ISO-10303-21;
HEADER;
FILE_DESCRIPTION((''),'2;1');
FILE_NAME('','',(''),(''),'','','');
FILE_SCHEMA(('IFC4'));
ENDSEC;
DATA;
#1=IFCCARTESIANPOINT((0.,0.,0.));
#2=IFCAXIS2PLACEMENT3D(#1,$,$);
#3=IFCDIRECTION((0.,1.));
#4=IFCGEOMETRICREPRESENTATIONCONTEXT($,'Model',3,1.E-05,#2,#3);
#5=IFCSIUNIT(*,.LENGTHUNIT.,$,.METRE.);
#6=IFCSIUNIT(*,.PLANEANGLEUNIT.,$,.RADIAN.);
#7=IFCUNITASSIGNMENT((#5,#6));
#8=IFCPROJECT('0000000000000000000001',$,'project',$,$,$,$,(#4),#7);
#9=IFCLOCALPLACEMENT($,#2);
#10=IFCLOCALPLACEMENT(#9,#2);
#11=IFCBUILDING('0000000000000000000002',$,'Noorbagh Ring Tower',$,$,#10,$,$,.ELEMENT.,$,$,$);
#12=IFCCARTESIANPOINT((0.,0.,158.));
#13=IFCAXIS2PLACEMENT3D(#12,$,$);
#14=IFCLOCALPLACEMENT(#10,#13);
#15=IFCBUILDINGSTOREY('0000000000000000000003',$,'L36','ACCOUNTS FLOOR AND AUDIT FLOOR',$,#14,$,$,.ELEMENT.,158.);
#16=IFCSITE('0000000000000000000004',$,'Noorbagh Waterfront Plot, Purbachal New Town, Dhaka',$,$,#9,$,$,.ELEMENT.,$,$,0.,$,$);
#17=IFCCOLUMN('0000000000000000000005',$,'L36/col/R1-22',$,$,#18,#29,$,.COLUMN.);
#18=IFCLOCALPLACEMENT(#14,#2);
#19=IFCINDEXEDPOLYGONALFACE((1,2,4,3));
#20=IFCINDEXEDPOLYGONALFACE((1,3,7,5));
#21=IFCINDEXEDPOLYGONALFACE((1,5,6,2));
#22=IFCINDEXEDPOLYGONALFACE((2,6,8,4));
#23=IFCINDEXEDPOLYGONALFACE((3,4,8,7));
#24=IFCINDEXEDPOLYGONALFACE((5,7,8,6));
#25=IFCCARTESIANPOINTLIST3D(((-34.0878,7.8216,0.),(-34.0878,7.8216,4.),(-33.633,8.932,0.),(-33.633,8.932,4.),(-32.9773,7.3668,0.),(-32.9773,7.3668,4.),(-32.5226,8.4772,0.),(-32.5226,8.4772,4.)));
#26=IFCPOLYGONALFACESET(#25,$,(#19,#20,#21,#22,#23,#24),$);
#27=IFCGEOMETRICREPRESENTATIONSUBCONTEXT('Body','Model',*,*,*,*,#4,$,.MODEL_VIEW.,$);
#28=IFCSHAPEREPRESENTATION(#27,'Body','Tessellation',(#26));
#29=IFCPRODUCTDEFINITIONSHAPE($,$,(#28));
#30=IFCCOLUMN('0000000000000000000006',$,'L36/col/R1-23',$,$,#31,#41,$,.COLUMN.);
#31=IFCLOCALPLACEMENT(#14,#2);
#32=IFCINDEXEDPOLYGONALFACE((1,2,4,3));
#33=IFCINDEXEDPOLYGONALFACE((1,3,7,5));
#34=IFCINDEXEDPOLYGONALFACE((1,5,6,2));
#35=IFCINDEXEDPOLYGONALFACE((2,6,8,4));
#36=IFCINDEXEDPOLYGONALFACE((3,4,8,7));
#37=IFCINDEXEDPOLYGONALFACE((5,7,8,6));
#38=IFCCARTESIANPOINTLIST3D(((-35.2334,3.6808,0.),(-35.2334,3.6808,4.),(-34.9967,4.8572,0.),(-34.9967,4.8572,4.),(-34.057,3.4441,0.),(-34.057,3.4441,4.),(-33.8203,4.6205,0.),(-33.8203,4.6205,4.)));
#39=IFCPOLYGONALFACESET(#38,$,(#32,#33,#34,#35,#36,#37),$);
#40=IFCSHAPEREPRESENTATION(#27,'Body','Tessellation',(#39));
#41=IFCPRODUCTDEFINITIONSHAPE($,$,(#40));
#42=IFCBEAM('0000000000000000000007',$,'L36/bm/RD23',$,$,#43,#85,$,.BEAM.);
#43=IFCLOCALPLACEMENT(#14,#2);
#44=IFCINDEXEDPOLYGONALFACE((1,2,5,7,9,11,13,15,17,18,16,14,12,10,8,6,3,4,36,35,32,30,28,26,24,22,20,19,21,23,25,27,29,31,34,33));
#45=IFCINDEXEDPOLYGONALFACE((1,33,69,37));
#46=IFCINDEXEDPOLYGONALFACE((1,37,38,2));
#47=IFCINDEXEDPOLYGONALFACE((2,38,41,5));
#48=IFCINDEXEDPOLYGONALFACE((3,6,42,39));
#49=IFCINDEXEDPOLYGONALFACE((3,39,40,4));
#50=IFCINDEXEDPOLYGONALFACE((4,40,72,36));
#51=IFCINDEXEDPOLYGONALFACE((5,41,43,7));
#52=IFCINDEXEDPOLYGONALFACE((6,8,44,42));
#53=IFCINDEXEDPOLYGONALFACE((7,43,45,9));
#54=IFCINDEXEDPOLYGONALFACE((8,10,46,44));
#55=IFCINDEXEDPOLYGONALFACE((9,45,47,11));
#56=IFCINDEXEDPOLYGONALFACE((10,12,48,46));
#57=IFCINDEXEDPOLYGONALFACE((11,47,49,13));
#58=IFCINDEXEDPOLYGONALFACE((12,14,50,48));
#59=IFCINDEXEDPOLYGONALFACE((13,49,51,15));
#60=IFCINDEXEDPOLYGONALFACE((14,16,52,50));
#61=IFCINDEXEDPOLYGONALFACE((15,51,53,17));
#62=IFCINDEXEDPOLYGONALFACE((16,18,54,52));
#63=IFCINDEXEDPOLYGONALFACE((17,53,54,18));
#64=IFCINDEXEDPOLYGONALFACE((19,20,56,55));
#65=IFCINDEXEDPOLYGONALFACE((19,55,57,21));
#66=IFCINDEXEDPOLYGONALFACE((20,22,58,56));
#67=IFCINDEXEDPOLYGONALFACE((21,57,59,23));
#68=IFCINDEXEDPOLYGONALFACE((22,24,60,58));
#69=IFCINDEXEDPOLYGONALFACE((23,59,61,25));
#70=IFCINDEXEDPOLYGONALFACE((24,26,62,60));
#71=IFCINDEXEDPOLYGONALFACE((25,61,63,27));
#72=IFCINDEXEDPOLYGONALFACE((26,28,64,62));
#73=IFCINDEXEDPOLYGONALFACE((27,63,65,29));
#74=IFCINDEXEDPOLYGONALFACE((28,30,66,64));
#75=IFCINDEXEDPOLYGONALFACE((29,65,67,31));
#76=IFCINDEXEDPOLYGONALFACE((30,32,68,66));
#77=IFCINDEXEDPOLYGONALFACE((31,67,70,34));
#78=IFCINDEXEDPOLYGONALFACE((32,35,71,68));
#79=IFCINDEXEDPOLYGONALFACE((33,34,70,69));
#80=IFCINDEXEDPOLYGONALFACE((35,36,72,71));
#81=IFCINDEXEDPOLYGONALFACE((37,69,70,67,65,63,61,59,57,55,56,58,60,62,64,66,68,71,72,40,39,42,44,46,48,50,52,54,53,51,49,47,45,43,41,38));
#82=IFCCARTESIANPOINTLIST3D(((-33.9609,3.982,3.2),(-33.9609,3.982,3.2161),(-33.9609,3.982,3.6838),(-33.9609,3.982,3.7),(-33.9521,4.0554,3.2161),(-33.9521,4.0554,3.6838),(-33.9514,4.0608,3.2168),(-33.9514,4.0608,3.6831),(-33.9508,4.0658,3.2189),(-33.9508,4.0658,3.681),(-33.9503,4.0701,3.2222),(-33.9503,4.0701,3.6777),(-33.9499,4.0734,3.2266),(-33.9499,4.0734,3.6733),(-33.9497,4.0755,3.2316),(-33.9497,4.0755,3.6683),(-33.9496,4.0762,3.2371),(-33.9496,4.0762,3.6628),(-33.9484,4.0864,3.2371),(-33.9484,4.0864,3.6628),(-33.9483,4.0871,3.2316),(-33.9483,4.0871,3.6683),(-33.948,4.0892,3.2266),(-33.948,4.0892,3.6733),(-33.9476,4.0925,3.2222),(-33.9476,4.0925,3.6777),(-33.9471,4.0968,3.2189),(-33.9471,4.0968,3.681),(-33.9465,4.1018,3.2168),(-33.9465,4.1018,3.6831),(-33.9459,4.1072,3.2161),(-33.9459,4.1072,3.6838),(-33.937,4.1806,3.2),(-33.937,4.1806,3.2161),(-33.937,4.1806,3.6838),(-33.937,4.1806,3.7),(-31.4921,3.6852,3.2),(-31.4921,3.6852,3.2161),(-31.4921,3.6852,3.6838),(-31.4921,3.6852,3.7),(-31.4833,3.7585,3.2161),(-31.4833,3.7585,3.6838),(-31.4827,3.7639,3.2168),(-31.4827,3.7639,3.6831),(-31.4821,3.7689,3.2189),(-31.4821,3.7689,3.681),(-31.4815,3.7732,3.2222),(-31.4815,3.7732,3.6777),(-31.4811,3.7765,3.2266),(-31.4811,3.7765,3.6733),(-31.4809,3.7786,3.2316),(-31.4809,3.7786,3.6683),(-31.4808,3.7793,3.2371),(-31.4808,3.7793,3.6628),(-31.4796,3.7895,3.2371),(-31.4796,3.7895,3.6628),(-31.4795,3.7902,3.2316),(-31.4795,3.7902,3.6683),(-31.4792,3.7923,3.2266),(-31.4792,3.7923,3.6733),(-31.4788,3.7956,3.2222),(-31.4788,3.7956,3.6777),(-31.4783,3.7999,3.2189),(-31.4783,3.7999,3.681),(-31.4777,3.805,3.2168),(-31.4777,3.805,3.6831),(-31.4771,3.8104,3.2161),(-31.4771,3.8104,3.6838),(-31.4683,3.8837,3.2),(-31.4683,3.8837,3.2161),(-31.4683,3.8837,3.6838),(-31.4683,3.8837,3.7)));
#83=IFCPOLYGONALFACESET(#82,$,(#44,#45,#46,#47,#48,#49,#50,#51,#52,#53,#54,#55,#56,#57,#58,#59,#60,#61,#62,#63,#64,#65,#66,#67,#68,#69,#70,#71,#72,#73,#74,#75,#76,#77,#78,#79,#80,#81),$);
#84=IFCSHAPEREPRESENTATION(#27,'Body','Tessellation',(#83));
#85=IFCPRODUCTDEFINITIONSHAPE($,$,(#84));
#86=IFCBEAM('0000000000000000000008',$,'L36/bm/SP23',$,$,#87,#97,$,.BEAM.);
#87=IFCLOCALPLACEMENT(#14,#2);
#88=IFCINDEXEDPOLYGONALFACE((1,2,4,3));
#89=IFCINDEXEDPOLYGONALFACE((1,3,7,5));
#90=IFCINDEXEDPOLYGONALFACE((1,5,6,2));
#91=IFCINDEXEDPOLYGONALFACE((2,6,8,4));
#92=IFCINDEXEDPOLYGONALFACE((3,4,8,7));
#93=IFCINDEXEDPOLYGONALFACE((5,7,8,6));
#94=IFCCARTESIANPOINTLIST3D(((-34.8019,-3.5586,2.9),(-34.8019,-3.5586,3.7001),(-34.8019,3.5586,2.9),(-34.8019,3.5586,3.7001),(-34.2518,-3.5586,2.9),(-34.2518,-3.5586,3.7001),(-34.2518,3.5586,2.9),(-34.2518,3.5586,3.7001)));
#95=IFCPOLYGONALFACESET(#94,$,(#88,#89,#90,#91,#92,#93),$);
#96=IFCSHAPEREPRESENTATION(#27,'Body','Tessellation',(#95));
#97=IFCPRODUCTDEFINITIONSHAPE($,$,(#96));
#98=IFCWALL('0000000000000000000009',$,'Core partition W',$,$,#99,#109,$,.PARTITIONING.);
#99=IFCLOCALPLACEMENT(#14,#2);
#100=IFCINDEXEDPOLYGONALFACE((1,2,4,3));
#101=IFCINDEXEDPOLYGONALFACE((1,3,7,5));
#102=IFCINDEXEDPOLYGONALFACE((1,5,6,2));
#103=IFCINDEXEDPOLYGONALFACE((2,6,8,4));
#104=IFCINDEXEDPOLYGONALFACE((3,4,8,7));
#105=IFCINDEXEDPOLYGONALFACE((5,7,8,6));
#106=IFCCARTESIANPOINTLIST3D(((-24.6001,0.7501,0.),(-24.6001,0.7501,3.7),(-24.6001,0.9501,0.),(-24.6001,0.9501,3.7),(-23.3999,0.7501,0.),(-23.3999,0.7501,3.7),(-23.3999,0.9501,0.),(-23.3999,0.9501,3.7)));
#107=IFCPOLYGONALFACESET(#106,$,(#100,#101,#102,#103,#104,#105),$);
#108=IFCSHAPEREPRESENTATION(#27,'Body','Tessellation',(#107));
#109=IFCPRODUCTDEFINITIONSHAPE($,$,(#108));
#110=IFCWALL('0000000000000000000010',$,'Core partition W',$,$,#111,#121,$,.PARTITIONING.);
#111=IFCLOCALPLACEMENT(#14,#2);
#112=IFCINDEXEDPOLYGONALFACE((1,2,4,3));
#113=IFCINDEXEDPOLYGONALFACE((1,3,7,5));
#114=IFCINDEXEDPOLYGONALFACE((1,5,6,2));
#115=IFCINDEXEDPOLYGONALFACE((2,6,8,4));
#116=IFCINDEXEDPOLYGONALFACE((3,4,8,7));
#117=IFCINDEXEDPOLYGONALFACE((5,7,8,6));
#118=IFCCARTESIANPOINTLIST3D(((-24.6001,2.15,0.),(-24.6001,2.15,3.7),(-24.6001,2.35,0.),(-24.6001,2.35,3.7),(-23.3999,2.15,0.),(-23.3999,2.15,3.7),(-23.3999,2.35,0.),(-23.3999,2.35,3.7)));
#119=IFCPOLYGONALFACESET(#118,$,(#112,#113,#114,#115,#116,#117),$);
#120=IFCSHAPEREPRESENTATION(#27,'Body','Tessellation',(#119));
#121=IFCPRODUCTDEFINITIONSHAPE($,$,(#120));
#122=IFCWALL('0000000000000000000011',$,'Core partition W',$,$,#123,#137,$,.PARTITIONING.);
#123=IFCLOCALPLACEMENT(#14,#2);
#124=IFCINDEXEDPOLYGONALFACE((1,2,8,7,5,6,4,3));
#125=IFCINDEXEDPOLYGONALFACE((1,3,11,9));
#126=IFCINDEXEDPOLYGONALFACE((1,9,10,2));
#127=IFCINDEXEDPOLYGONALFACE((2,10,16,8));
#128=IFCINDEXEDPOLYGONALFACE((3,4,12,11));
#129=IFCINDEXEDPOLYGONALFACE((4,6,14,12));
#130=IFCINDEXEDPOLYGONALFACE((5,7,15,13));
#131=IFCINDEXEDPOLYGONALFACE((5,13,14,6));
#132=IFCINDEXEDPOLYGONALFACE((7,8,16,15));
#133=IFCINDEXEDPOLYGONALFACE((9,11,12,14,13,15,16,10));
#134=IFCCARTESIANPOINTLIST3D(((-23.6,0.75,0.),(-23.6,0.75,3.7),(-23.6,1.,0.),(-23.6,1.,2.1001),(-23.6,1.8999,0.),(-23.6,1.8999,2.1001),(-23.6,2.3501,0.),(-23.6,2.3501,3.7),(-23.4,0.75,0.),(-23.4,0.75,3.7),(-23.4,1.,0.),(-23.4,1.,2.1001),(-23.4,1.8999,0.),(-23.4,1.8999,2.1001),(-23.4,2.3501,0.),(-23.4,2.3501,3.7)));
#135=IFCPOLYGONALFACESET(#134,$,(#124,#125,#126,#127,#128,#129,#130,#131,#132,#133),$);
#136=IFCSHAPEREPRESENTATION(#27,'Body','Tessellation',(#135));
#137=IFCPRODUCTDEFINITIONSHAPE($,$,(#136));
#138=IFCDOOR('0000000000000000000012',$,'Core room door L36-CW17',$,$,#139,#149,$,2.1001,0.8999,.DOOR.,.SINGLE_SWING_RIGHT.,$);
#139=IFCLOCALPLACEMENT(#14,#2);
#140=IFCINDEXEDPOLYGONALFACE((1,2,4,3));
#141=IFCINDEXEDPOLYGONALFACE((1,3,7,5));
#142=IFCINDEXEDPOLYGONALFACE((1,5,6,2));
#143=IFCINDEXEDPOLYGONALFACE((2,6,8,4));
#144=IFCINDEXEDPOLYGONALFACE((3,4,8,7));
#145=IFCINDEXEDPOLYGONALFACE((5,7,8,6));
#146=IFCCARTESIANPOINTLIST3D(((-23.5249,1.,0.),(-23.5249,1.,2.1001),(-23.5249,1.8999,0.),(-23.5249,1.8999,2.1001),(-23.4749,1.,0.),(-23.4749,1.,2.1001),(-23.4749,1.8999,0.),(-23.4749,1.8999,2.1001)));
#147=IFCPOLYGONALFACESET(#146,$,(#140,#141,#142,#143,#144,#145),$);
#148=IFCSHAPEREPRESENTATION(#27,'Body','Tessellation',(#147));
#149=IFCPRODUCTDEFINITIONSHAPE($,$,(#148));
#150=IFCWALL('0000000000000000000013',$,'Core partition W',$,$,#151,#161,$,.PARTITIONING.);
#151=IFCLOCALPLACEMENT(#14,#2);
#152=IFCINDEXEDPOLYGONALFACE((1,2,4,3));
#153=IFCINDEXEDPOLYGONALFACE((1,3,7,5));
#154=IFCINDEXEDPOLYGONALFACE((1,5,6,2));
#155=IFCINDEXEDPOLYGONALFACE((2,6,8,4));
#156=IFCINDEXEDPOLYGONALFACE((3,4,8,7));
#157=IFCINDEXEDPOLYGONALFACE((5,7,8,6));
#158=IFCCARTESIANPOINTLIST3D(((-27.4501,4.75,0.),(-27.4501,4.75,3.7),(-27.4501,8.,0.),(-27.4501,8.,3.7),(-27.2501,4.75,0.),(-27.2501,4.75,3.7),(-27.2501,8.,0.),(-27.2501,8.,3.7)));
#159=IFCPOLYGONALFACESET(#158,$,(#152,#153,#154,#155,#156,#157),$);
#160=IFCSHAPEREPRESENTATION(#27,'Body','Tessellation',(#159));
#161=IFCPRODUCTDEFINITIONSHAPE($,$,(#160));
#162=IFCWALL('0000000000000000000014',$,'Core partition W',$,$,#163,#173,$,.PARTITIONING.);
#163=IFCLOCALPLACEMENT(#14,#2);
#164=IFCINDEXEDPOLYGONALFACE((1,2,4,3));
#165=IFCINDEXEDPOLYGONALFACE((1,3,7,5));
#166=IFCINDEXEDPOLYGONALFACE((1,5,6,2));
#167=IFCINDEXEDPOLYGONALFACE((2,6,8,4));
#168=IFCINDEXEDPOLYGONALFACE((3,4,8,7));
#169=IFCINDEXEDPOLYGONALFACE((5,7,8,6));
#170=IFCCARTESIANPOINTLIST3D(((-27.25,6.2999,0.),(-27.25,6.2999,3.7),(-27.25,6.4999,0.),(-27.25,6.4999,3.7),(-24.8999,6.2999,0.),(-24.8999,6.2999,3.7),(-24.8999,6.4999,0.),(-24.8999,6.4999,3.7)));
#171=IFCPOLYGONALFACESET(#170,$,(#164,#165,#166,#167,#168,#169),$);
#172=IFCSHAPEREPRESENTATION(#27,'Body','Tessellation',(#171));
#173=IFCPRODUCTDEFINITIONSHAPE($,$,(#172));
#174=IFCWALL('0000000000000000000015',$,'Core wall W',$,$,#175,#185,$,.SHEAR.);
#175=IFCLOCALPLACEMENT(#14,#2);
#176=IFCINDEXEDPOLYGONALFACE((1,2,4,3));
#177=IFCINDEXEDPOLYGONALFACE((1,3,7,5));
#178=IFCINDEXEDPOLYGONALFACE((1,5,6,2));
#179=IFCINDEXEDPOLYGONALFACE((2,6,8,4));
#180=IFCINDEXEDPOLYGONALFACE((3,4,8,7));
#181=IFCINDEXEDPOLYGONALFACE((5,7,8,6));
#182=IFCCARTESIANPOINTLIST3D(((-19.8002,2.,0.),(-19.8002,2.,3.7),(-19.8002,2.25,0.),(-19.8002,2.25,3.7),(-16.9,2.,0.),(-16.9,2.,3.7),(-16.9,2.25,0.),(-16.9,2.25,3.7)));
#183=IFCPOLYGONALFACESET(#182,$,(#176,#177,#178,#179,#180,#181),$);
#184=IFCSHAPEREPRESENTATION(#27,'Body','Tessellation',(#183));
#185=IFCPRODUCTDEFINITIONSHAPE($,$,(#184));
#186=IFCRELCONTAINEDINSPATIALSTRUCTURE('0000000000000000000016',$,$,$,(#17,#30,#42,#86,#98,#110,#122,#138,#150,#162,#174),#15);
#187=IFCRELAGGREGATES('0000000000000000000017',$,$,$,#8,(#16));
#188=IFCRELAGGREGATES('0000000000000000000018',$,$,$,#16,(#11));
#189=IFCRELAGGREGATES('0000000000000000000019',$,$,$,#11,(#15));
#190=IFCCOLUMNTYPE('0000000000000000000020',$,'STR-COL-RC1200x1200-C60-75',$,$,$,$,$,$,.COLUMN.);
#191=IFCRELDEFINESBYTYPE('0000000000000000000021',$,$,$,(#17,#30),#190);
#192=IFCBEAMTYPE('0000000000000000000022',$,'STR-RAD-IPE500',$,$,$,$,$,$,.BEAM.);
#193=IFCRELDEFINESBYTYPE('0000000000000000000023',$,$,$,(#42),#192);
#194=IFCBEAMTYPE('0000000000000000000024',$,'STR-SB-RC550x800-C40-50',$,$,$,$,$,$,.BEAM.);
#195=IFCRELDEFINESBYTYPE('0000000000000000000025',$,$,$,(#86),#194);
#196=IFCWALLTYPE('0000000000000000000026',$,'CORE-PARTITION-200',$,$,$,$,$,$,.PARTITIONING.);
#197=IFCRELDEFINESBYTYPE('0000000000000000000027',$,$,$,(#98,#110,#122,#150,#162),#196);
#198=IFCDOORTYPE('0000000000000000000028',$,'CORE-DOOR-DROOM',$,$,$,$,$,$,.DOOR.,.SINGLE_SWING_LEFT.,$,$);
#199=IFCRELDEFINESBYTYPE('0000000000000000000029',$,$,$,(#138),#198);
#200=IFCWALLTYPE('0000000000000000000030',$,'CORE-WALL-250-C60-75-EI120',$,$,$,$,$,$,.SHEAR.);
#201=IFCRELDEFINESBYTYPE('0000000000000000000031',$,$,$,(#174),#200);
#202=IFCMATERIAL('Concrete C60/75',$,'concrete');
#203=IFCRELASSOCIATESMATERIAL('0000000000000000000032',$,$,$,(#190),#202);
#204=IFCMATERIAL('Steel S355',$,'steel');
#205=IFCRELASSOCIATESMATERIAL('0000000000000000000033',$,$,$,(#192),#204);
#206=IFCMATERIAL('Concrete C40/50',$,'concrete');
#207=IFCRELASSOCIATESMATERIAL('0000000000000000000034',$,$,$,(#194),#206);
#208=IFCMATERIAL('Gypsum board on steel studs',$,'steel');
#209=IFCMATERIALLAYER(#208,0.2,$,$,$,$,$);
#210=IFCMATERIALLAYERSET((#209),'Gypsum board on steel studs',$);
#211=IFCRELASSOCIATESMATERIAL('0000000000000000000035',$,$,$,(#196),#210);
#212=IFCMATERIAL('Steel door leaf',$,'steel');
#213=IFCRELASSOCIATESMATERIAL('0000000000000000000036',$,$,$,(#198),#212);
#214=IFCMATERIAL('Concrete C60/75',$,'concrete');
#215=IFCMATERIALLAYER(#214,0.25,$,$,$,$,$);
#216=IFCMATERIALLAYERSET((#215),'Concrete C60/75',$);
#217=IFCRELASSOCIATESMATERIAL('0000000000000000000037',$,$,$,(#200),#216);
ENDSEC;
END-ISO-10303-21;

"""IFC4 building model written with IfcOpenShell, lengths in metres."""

from ifc_helpers import new_model, si_unit, direction, frame, frame_2d, origin, origin_2d, place, context, subcontext, project, spatial, rectangle, i_section, extrude, material, layer, layer_set, material_profile, profile_set, type_object, element, fill, save


model = new_model("IFC4")

# Units and contexts
model_context = context("Model", 3, precision=1e-05, world=origin(), true_north=direction((0.0, 1.0)))
body_context = subcontext(model_context, "Body", "Model", "MODEL_VIEW")
ifc_project = project(units=[si_unit("LENGTHUNIT", "METRE"), si_unit("PLANEANGLEUNIT", "RADIAN")], contexts=[model_context])

# Site, building, storey
site_placement = place(None, origin())
site = spatial("IfcSite", under=ifc_project, at=site_placement, Name="Noorbagh Waterfront Plot, Purbachal New Town, Dhaka", CompositionType="ELEMENT", RefElevation=0.0)
building_placement = place(site_placement, origin())
building = spatial("IfcBuilding", under=site, at=building_placement, Name="Noorbagh Ring Tower", CompositionType="ELEMENT")
storey_placement = place(building_placement, frame((0.0, 0.0, 158.0)))
storey = spatial("IfcBuildingStorey", under=building, at=storey_placement, Name="L36", Description="ACCOUNTS FLOOR AND AUDIT FLOOR", CompositionType="ELEMENT", Elevation=158.0)

# Columns
ifc_material_1 = material(Name="Concrete C60/75", Category="concrete")
ifc_material_profile_1 = material_profile(ifc_material_1, rectangle(XDim=1.2, YDim=1.2, at=origin_2d()), Name="RC1200x1200")
ifc_profile_set_1 = profile_set([ifc_material_profile_1], Name="Concrete C60/75")
column_type = type_object("IfcColumnType", Name="STR-COL-RC1200x1200-C60-75", PredefinedType="COLUMN", material=ifc_profile_set_1)
for number, where, z_axis, x_axis, name in (
    (1, (-33.3052, 8.1494, 0.0), (0.0, 0.0, 1.0), (-0.378989, -0.925401, 0.0), "L36/col/R1-22"),
    (2, (-34.5269, 4.1506, 0.0), (0.0, 0.0, 1.0), (-0.19723, -0.980357, 0.0), "L36/col/R1-23"),
):
    element("IfcColumn", number, at=place(storey_placement, frame(where, z_axis=z_axis, x_axis=x_axis)), inside=storey, type_object=column_type, Name=name, PredefinedType="COLUMN", context=body_context, shape_type="SweptSolid", body=[
        extrude(rectangle(XDim=1.2, YDim=1.2, at=origin_2d()), origin(), (0.0, 0.0, 1.0), 4.0),
    ])

# Beams
ifc_material_2 = material(Name="Steel S355", Category="steel")
ifc_material_profile_2 = material_profile(ifc_material_2, i_section(OverallWidth=0.2, OverallDepth=0.5, WebThickness=0.0103, FlangeThickness=0.0161, FilletRadius=0.021, at=origin_2d()), Name="IPE500")
ifc_profile_set_2 = profile_set([ifc_material_profile_2], Name="Steel S355")
beam_type_1 = type_object("IfcBeamType", Name="STR-RAD-IPE500", PredefinedType="BEAM", material=ifc_profile_set_2)
beam_1_placement = place(storey_placement, frame((-33.949, 4.0813, 3.45), z_axis=(0.992847, -0.119393, 0.0), x_axis=(0.119393, 0.992847, 0.0)))
element("IfcBeam", 3, at=beam_1_placement, inside=storey, type_object=beam_type_1, Name="L36/bm/RD23", PredefinedType="BEAM", context=body_context, shape_type="SweptSolid", body=[
    extrude(i_section(OverallWidth=0.2, OverallDepth=0.5, WebThickness=0.0103, FlangeThickness=0.0161, FilletRadius=0.021, at=origin_2d()), origin(), (0.0, 0.0, 1.0), 2.4866),
])
ifc_material_3 = material(Name="Concrete C40/50", Category="concrete")
ifc_material_profile_3 = material_profile(ifc_material_3, rectangle(XDim=0.55, YDim=0.8, at=origin_2d()), Name="RC550x800")
ifc_profile_set_3 = profile_set([ifc_material_profile_3], Name="Concrete C40/50")
beam_type_2 = type_object("IfcBeamType", Name="STR-SB-RC550x800-C40-50", PredefinedType="BEAM", material=ifc_profile_set_3)
beam_2_placement = place(storey_placement, frame((-34.5269, 3.5586, 3.3), z_axis=(0.0, -1.0, 0.0), x_axis=(1.0, 0.0, 0.0)))
element("IfcBeam", 4, at=beam_2_placement, inside=storey, type_object=beam_type_2, Name="L36/bm/SP23", PredefinedType="BEAM", context=body_context, shape_type="SweptSolid", body=[
    extrude(rectangle(XDim=0.55, YDim=0.8, at=origin_2d()), origin(), (0.0, 0.0, 1.0), 7.1172),
])

# Walls
ifc_material_4 = material(Name="Gypsum board on steel studs", Category="steel")
ifc_layer_1 = layer(ifc_material_4, 0.2)
ifc_layer_set_1 = layer_set([ifc_layer_1], Name="Gypsum board on steel studs")
wall_type_1 = type_object("IfcWallType", Name="CORE-PARTITION-200", PredefinedType="PARTITIONING", material=ifc_layer_set_1)
for number, where, z_axis, x_axis, name in (
    (5, (-23.3999, 0.8501, 0.0), (0.0, 0.0, 1.0), (-1.0, 0.0, 0.0), "Core partition W"),
    (6, (-23.3999, 2.25, 0.0), (0.0, 0.0, 1.0), (-1.0, 0.0, 0.0), "Core partition W"),
):
    element("IfcWall", number, at=place(storey_placement, frame(where, z_axis=z_axis, x_axis=x_axis)), inside=storey, type_object=wall_type_1, Name=name, PredefinedType="PARTITIONING", context=body_context, shape_type="SweptSolid", body=[
        extrude(rectangle(XDim=1.2002, YDim=0.2, at=frame_2d((0.6001, 0.0))), origin(), (0.0, 0.0, 1.0), 3.7),
    ])

# Wall, opening, door
wall_1_placement = place(storey_placement, frame((-23.5, 0.75, 0.0), z_axis=(0.0, 0.0, 1.0), x_axis=(0.0, 1.0, 0.0)))
wall_1 = element("IfcWall", 7, at=wall_1_placement, inside=storey, type_object=wall_type_1, Name="Core partition W", PredefinedType="PARTITIONING", context=body_context, shape_type="SweptSolid", body=[
    extrude(rectangle(XDim=1.6001, YDim=0.2, at=frame_2d((0.8, 0.0))), origin(), (0.0, 0.0, 1.0), 3.7),
])
opening_1_placement = place(wall_1_placement, frame((0.25, 0.0, 0.0)))
opening_1 = element("IfcOpeningElement", 8, at=opening_1_placement, cuts=wall_1, PredefinedType="OPENING", context=body_context, shape_type="SweptSolid", body=[
    extrude(rectangle(XDim=0.8999, YDim=2.1001, at=frame_2d((0.45, 1.05))), frame((0.0, 0.1099, 0.0), z_axis=(0.0, -1.0, 0.0), x_axis=(1.0, 0.0, 0.0)), (0.0, 0.0, 1.0), 0.22),
])
ifc_material_5 = material(Name="Steel door leaf", Category="steel")
door_type_1 = type_object("IfcDoorType", Name="CORE-DOOR-DROOM", OperationType="SINGLE_SWING_LEFT", PredefinedType="DOOR", material=ifc_material_5)
door_1_placement = place(opening_1_placement, origin())
door_1 = element("IfcDoor", 9, at=door_1_placement, inside=storey, type_object=door_type_1, Name="Core room door L36-CW17", OperationType="SINGLE_SWING_RIGHT", OverallHeight=2.1001, OverallWidth=0.8999, PredefinedType="DOOR", context=body_context, shape_type="SweptSolid", body=[
    extrude(rectangle(XDim=0.8999, YDim=2.1001, at=frame_2d((0.45, 1.05))), frame((0.0, 0.0249, 0.0), z_axis=(0.0, -1.0, 0.0), x_axis=(1.0, 0.0, 0.0)), (0.0, 0.0, 1.0), 0.05),
])
fill(opening_1, door_1)

# Walls
wall_2_placement = place(storey_placement, frame((-27.3501, 4.75, 0.0), z_axis=(0.0, 0.0, 1.0), x_axis=(0.0, 1.0, 0.0)))
element("IfcWall", 10, at=wall_2_placement, inside=storey, type_object=wall_type_1, Name="Core partition W", PredefinedType="PARTITIONING", context=body_context, shape_type="SweptSolid", body=[
    extrude(rectangle(XDim=3.25, YDim=0.2, at=frame_2d((1.625, 0.0))), origin(), (0.0, 0.0, 1.0), 3.7),
])
wall_3_placement = place(storey_placement, frame((-24.8999, 6.3999, 0.0), z_axis=(0.0, 0.0, 1.0), x_axis=(-1.0, 0.0, 0.0)))
element("IfcWall", 11, at=wall_3_placement, inside=storey, type_object=wall_type_1, Name="Core partition W", PredefinedType="PARTITIONING", context=body_context, shape_type="SweptSolid", body=[
    extrude(rectangle(XDim=2.3501, YDim=0.2, at=frame_2d((1.175, 0.0))), origin(), (0.0, 0.0, 1.0), 3.7),
])
ifc_material_6 = material(Name="Concrete C60/75", Category="concrete")
ifc_layer_2 = layer(ifc_material_6, 0.25)
ifc_layer_set_2 = layer_set([ifc_layer_2], Name="Concrete C60/75")
wall_type_2 = type_object("IfcWallType", Name="CORE-WALL-250-C60-75-EI120", PredefinedType="SHEAR", material=ifc_layer_set_2)
for number, where, z_axis, x_axis, name in (
    (12, (-16.8999, 2.125, 0.0), (0.0, 0.0, 1.0), (-1.0, 0.0, 0.0), "Core wall W"),
):
    element("IfcWall", number, at=place(storey_placement, frame(where, z_axis=z_axis, x_axis=x_axis)), inside=storey, type_object=wall_type_2, Name=name, PredefinedType="SHEAR", context=body_context, shape_type="SweptSolid", body=[
        extrude(rectangle(XDim=2.9001, YDim=0.25, at=frame_2d((1.4502, 0.0))), origin(), (0.0, 0.0, 1.0), 3.7),
    ])

save(model, "model.ifc")
